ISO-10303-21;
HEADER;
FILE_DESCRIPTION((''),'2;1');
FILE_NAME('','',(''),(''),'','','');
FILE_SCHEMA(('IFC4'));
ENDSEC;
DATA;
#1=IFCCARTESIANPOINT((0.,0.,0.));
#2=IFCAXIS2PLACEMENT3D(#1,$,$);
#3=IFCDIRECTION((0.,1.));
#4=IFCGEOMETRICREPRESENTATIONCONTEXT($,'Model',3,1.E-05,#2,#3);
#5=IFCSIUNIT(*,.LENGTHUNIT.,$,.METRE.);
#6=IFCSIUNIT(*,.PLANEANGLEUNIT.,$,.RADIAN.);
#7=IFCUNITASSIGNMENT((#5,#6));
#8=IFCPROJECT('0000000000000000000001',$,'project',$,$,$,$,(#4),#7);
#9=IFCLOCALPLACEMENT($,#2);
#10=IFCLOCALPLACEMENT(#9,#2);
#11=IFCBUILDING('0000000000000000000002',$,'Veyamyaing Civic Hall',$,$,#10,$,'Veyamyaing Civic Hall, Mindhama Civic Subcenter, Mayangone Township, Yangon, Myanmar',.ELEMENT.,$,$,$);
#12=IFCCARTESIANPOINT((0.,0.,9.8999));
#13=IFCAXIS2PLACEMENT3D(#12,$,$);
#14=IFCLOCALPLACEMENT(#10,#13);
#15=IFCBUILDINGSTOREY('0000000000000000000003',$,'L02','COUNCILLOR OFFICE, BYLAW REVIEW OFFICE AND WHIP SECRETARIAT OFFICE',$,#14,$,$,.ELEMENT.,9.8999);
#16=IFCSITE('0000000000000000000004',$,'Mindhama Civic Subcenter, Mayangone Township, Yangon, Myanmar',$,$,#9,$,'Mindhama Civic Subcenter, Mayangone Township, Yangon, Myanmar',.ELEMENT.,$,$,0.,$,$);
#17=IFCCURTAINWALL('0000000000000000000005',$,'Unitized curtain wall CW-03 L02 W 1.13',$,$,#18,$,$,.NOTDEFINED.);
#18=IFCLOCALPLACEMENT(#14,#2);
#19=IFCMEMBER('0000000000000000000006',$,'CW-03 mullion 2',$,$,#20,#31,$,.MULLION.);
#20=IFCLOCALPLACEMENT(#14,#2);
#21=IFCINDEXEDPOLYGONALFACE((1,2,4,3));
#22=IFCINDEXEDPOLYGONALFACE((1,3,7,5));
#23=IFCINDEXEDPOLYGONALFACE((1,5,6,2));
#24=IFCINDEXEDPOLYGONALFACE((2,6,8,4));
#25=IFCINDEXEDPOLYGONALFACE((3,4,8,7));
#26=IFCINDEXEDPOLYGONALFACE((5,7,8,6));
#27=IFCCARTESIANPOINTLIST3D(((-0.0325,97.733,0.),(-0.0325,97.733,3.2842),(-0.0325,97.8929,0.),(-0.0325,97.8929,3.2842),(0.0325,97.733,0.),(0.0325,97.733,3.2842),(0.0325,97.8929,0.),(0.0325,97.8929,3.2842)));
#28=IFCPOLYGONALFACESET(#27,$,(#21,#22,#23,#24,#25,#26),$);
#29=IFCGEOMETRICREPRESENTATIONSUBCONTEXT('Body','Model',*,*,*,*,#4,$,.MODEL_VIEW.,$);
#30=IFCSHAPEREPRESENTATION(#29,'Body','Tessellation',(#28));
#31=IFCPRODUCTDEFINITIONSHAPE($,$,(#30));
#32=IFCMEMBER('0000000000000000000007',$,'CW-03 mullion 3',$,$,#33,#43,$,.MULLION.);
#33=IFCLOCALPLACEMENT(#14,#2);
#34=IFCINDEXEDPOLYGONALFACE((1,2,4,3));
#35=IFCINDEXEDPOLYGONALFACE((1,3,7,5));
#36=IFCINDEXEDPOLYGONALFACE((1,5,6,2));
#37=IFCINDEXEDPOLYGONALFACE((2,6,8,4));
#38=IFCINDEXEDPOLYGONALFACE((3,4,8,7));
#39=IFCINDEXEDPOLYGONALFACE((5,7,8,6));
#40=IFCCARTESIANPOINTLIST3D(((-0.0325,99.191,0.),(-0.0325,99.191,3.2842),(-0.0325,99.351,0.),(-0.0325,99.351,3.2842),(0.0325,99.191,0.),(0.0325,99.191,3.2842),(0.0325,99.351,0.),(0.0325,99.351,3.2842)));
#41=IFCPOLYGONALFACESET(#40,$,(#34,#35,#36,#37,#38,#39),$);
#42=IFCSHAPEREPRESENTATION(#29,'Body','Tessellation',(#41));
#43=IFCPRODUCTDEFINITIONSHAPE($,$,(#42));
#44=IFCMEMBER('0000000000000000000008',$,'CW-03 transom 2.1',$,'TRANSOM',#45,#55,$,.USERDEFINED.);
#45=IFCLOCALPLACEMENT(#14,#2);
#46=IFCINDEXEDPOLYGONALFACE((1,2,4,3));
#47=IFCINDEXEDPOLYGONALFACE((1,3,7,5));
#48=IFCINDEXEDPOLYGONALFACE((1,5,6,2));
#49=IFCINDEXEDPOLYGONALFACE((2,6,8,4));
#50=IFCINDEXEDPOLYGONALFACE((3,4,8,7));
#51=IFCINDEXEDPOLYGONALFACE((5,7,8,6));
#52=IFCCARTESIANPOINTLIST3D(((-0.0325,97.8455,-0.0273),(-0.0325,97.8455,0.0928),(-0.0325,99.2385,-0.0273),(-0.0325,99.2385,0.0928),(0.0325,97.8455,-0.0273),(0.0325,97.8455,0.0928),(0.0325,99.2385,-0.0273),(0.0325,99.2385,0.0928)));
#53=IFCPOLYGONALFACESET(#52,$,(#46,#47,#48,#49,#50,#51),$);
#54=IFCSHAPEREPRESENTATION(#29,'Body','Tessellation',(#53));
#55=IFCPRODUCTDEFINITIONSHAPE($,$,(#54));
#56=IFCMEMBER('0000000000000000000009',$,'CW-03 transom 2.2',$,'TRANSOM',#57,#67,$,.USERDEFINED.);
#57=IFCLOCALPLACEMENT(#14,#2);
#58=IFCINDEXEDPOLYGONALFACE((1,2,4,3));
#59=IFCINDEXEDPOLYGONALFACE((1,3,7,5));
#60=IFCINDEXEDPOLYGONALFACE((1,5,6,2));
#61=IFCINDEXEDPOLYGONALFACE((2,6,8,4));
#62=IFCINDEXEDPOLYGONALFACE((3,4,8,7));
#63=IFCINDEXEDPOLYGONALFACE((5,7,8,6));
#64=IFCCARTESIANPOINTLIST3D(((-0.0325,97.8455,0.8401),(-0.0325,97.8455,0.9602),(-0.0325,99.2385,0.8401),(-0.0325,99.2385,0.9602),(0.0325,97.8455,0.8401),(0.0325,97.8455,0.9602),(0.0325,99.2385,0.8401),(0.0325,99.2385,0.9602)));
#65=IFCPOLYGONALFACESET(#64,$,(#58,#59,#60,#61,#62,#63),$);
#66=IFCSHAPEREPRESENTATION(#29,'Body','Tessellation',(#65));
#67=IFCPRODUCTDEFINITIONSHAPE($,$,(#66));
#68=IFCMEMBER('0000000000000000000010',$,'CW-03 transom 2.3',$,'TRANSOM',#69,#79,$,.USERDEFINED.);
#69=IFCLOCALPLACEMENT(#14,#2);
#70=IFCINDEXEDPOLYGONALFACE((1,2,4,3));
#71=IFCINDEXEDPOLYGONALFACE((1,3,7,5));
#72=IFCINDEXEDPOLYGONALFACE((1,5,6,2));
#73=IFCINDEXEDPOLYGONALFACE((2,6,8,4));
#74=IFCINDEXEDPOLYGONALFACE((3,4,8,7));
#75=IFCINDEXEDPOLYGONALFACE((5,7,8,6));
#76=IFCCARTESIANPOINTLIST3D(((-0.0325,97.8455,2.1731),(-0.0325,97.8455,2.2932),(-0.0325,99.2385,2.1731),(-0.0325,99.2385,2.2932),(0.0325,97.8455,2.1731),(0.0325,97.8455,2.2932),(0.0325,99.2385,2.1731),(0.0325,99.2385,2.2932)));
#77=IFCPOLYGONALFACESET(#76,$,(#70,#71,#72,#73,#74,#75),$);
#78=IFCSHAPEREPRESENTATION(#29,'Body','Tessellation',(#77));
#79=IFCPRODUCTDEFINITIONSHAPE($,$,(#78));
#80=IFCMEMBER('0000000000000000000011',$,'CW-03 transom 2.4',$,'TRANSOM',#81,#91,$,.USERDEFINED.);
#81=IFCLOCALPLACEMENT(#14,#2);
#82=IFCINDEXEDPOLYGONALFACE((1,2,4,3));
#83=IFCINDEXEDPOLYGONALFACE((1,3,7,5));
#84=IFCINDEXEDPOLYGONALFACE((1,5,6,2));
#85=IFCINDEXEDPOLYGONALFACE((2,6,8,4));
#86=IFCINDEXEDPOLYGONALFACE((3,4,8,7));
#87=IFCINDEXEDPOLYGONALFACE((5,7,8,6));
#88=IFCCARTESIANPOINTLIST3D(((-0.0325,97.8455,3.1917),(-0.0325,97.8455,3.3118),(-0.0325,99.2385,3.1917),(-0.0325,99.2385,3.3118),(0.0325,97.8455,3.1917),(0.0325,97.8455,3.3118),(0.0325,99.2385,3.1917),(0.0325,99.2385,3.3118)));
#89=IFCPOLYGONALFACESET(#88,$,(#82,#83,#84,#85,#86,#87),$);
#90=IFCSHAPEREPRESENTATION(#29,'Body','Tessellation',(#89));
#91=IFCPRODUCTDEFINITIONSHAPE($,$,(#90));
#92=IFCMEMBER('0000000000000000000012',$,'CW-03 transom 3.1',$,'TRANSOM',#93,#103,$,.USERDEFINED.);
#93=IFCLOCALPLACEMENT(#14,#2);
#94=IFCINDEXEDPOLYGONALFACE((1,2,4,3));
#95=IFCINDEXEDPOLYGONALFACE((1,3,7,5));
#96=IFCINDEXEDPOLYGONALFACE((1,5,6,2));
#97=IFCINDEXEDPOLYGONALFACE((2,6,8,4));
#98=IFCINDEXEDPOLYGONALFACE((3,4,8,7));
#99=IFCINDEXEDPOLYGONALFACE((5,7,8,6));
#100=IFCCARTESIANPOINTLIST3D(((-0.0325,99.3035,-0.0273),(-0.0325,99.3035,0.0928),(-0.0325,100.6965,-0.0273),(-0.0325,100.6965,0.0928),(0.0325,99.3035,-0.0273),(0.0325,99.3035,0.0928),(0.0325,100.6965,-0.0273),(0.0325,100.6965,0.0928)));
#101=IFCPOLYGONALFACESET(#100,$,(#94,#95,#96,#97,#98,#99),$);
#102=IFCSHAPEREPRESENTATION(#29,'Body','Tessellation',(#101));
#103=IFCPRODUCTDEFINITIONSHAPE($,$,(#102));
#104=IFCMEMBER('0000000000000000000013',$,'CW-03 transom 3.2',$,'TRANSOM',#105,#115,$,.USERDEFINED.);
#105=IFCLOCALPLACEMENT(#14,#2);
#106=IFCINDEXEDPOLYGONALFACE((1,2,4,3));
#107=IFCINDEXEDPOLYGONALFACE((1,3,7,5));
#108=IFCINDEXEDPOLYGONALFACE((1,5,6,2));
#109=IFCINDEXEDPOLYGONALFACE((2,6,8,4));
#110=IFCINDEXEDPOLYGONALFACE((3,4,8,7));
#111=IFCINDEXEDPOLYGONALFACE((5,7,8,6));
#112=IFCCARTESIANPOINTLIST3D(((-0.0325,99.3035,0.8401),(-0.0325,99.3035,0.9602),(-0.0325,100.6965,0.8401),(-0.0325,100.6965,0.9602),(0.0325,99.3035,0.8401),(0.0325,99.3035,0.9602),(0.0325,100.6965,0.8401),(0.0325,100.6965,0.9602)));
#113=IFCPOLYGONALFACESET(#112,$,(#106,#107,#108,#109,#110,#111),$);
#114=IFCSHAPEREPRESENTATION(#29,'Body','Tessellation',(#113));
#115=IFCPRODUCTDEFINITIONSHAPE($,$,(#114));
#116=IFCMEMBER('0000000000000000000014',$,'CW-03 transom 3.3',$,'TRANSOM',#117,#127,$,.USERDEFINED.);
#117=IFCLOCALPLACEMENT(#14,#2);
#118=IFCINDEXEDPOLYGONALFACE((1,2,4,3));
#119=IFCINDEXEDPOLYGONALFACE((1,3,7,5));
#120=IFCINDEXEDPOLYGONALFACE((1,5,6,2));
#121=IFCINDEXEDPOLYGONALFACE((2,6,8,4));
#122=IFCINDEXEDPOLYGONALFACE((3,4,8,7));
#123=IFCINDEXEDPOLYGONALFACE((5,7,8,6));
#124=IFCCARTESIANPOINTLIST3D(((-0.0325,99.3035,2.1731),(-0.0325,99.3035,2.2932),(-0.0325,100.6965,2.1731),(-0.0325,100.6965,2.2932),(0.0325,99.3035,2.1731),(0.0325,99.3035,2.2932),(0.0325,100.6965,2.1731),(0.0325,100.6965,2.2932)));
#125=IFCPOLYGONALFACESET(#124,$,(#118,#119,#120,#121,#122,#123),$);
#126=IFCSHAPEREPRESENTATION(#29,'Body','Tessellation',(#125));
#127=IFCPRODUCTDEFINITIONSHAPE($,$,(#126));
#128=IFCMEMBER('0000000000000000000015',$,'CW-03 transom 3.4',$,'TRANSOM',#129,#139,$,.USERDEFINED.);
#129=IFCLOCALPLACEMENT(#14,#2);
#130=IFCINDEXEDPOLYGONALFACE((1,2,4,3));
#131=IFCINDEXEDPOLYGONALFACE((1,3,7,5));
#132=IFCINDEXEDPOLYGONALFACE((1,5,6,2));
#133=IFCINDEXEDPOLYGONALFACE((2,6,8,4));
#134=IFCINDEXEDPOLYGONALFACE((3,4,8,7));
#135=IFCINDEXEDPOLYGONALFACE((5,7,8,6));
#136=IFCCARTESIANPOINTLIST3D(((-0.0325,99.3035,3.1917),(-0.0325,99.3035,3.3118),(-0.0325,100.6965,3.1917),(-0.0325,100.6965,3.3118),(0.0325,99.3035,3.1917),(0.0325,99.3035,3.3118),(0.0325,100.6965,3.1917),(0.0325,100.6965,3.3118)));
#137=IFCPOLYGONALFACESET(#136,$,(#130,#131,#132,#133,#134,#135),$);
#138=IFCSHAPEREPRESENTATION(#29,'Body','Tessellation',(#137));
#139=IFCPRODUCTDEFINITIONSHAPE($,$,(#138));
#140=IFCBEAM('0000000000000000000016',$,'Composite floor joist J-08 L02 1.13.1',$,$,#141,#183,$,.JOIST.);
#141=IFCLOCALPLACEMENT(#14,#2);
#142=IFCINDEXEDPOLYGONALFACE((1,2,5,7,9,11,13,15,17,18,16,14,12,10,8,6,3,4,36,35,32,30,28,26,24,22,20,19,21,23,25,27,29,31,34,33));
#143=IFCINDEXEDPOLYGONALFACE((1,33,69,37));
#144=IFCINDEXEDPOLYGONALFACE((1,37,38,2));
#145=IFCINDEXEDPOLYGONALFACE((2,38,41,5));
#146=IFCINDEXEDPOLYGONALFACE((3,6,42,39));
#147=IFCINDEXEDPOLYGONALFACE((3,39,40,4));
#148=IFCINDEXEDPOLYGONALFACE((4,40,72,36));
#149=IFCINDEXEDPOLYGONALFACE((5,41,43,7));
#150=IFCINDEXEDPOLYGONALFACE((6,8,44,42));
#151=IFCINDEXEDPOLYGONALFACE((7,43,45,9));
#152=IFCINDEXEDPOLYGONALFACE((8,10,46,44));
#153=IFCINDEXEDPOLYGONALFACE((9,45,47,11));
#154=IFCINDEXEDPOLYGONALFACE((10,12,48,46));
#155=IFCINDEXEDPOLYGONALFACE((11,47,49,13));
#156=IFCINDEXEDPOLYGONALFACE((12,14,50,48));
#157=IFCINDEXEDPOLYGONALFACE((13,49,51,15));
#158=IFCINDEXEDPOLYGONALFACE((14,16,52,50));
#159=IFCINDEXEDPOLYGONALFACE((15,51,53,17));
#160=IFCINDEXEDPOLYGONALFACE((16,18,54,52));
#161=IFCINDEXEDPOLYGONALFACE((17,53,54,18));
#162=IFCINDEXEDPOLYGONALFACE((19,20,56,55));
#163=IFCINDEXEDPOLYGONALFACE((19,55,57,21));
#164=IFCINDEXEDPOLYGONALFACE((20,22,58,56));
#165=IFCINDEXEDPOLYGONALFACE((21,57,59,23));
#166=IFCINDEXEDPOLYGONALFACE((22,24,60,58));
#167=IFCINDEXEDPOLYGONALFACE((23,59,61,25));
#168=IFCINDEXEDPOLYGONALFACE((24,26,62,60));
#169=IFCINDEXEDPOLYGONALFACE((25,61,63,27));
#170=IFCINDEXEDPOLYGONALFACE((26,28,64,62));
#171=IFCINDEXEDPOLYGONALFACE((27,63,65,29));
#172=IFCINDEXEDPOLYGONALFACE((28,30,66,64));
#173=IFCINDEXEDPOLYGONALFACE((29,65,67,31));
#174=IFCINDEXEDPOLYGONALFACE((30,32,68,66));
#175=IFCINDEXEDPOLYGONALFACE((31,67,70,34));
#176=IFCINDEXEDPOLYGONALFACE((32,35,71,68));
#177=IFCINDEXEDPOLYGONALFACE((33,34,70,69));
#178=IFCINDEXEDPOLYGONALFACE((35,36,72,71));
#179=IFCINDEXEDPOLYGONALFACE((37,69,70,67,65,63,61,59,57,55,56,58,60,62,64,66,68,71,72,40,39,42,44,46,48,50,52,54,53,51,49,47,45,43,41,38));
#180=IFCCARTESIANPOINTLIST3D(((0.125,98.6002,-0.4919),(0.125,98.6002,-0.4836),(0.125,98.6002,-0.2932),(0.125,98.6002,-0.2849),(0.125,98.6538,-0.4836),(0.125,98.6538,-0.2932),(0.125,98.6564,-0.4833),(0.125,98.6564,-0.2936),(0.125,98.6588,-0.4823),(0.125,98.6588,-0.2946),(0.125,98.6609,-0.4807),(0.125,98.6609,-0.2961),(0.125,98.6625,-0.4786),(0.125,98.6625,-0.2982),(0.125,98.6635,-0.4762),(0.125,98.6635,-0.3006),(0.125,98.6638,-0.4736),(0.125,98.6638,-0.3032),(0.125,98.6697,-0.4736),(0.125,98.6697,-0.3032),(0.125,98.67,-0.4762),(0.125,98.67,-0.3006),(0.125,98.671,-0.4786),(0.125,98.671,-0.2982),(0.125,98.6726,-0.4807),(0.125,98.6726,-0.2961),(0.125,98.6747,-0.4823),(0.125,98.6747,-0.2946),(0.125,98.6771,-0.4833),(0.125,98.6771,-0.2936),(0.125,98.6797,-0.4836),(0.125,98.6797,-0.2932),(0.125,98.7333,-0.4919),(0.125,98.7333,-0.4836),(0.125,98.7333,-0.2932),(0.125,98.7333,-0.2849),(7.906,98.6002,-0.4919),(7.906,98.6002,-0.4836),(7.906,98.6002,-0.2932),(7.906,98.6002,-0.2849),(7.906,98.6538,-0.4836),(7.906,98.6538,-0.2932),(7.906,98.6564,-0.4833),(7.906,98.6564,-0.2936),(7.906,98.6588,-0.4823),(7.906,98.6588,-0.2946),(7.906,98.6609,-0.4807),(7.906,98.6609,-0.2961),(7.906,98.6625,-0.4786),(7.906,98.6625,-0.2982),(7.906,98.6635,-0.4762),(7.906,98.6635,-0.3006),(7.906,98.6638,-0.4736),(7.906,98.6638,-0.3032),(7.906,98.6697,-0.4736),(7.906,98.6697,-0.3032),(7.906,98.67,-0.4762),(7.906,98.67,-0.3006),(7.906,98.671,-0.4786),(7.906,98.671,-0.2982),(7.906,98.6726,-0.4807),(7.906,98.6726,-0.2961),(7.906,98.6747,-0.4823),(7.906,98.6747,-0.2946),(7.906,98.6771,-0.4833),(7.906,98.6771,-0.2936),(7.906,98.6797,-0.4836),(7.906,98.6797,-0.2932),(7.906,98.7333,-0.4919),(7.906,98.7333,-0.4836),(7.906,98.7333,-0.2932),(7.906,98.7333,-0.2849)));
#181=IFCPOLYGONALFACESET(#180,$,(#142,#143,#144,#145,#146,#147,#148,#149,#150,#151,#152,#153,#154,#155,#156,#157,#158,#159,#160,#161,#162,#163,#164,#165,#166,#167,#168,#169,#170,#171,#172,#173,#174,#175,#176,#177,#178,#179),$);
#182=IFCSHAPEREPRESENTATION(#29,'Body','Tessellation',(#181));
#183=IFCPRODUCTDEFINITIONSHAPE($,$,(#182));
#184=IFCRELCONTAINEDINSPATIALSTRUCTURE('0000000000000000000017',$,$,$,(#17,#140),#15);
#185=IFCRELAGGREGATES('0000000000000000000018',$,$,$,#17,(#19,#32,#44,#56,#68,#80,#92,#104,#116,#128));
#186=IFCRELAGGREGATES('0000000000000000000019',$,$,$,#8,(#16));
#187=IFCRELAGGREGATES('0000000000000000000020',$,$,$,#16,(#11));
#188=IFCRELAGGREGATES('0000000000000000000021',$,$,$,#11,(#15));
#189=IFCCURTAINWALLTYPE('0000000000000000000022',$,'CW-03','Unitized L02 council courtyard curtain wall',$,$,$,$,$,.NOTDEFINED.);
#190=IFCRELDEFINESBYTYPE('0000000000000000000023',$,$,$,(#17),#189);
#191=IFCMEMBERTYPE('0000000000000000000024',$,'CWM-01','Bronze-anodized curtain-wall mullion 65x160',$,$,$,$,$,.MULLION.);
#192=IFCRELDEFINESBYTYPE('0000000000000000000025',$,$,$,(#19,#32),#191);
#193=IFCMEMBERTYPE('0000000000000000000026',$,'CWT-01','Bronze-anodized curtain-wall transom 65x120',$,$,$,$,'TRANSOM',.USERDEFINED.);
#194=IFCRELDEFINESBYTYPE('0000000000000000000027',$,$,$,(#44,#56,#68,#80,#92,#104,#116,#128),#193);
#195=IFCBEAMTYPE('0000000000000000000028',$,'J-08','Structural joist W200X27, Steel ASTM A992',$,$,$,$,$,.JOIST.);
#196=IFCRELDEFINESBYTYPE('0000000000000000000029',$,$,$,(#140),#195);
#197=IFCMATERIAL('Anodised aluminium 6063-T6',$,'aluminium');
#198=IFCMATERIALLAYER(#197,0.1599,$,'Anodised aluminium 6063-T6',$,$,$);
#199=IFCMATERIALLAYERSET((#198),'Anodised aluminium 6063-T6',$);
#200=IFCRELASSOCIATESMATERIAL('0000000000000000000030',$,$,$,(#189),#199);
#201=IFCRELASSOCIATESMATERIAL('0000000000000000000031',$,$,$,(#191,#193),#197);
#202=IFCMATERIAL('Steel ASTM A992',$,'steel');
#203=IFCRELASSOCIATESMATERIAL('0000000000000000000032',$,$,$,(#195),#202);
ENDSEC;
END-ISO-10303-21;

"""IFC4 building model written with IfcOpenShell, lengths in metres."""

from ifc_helpers import new_model, si_unit, direction, frame, origin, origin_2d, place, context, subcontext, project, spatial, rectangle, i_section, extrude, material, layer, layer_set, material_profile, profile_set, type_object, element, aggregate, save


model = new_model("IFC4")

# Units and contexts
model_context = context("Model", 3, precision=1e-05, world=origin(), true_north=direction((0.0, 1.0)))
body_context = subcontext(model_context, "Body", "Model", "MODEL_VIEW")
ifc_project = project(units=[si_unit("LENGTHUNIT", "METRE"), si_unit("PLANEANGLEUNIT", "RADIAN")], contexts=[model_context])

# Site, building, storey
site_placement = place(None, origin())
site = spatial("IfcSite", under=ifc_project, at=site_placement, Name="Mindhama Civic Subcenter, Mayangone Township, Yangon, Myanmar", LongName="Mindhama Civic Subcenter, Mayangone Township, Yangon, Myanmar", CompositionType="ELEMENT", RefElevation=0.0)
building_placement = place(site_placement, origin())
building = spatial("IfcBuilding", under=site, at=building_placement, Name="Veyamyaing Civic Hall", LongName="Veyamyaing Civic Hall, Mindhama Civic Subcenter, Mayangone Township, Yangon, Myanmar", CompositionType="ELEMENT")
storey_placement = place(building_placement, frame((0.0, 0.0, 9.8999)))
storey = spatial("IfcBuildingStorey", under=building, at=storey_placement, Name="L02", Description="COUNCILLOR OFFICE, BYLAW REVIEW OFFICE AND WHIP SECRETARIAT OFFICE", CompositionType="ELEMENT", Elevation=9.8999)

# Curtain wall, members
ifc_material_1 = material(Name="Anodised aluminium 6063-T6", Category="aluminium")
ifc_layer_1 = layer(ifc_material_1, 0.1599, Name="Anodised aluminium 6063-T6")
ifc_layer_set_1 = layer_set([ifc_layer_1], Name="Anodised aluminium 6063-T6")
curtain_wall_type = type_object("IfcCurtainWallType", Name="CW-03", Description="Unitized L02 council courtyard curtain wall", PredefinedType="NOTDEFINED", material=ifc_layer_set_1)
curtain_wall_placement = place(storey_placement, origin())
curtain_wall = element("IfcCurtainWall", 1, at=curtain_wall_placement, inside=storey, type_object=curtain_wall_type, Name="Unitized curtain wall CW-03 L02 W 1.13", PredefinedType="NOTDEFINED")
ifc_material_profile_1 = material_profile(ifc_material_1, rectangle(XDim=0.0649, YDim=0.1599, at=origin_2d()), Name="ALU-MUL-65X160")
ifc_profile_set_1 = profile_set([ifc_material_profile_1], Name="Anodised aluminium 6063-T6")
member_type_1 = type_object("IfcMemberType", Name="CWM-01", Description="Bronze-anodized curtain-wall mullion 65x160", PredefinedType="MULLION", material=ifc_profile_set_1)
member_1_placement = place(storey_placement, frame((0.0, 97.813, 0.0), z_axis=(0.0, 0.0, 1.0), x_axis=(-1.0, 0.0, 0.0)))
member_1 = element("IfcMember", 2, at=member_1_placement, type_object=member_type_1, Name="CW-03 mullion 2", PredefinedType="MULLION", context=body_context, shape_type="SweptSolid", body=[
    extrude(rectangle(XDim=0.0649, YDim=0.1599, at=origin_2d()), origin(), (0.0, 0.0, 1.0), 3.2842),
])
member_2_placement = place(storey_placement, frame((0.0, 99.271, 0.0), z_axis=(0.0, 0.0, 1.0), x_axis=(-1.0, 0.0, 0.0)))
member_2 = element("IfcMember", 3, at=member_2_placement, type_object=member_type_1, Name="CW-03 mullion 3", PredefinedType="MULLION", context=body_context, shape_type="SweptSolid", body=[
    extrude(rectangle(XDim=0.0649, YDim=0.1599, at=origin_2d()), origin(), (0.0, 0.0, 1.0), 3.2842),
])
ifc_material_profile_2 = material_profile(ifc_material_1, rectangle(XDim=0.0649, YDim=0.1201, at=origin_2d()), Name="ALU-TRN-65X120")
ifc_profile_set_2 = profile_set([ifc_material_profile_2], Name="Anodised aluminium 6063-T6")
member_type_2 = type_object("IfcMemberType", Name="CWT-01", Description="Bronze-anodized curtain-wall transom 65x120", ElementType="TRANSOM", PredefinedType="USERDEFINED", material=ifc_profile_set_2)
member_3_placement = place(storey_placement, frame((0.0, 97.8455, 0.0327), z_axis=(0.0, 1.0, 0.0), x_axis=(-1.0, 0.0, 0.0)))
member_3 = element("IfcMember", 4, at=member_3_placement, type_object=member_type_2, Name="CW-03 transom 2.1", ObjectType="TRANSOM", PredefinedType="USERDEFINED", context=body_context, shape_type="SweptSolid", body=[
    extrude(rectangle(XDim=0.0649, YDim=0.1201, at=origin_2d()), origin(), (0.0, 0.0, 1.0), 1.3931),
])
member_4_placement = place(storey_placement, frame((0.0, 97.8455, 0.9001), z_axis=(0.0, 1.0, 0.0), x_axis=(-1.0, 0.0, 0.0)))
member_4 = element("IfcMember", 5, at=member_4_placement, type_object=member_type_2, Name="CW-03 transom 2.2", ObjectType="TRANSOM", PredefinedType="USERDEFINED", context=body_context, shape_type="SweptSolid", body=[
    extrude(rectangle(XDim=0.0649, YDim=0.1201, at=origin_2d()), origin(), (0.0, 0.0, 1.0), 1.3931),
])
member_5_placement = place(storey_placement, frame((0.0, 97.8455, 2.2332), z_axis=(0.0, 1.0, 0.0), x_axis=(-1.0, 0.0, 0.0)))
member_5 = element("IfcMember", 6, at=member_5_placement, type_object=member_type_2, Name="CW-03 transom 2.3", ObjectType="TRANSOM", PredefinedType="USERDEFINED", context=body_context, shape_type="SweptSolid", body=[
    extrude(rectangle(XDim=0.0649, YDim=0.1201, at=origin_2d()), origin(), (0.0, 0.0, 1.0), 1.3931),
])
member_6_placement = place(storey_placement, frame((0.0, 97.8455, 3.2517), z_axis=(0.0, 1.0, 0.0), x_axis=(-1.0, 0.0, 0.0)))
member_6 = element("IfcMember", 7, at=member_6_placement, type_object=member_type_2, Name="CW-03 transom 2.4", ObjectType="TRANSOM", PredefinedType="USERDEFINED", context=body_context, shape_type="SweptSolid", body=[
    extrude(rectangle(XDim=0.0649, YDim=0.1201, at=origin_2d()), origin(), (0.0, 0.0, 1.0), 1.3931),
])
member_7_placement = place(storey_placement, frame((0.0, 99.3035, 0.0327), z_axis=(0.0, 1.0, 0.0), x_axis=(-1.0, 0.0, 0.0)))
member_7 = element("IfcMember", 8, at=member_7_placement, type_object=member_type_2, Name="CW-03 transom 3.1", ObjectType="TRANSOM", PredefinedType="USERDEFINED", context=body_context, shape_type="SweptSolid", body=[
    extrude(rectangle(XDim=0.0649, YDim=0.1201, at=origin_2d()), origin(), (0.0, 0.0, 1.0), 1.3931),
])
member_8_placement = place(storey_placement, frame((0.0, 99.3035, 0.9001), z_axis=(0.0, 1.0, 0.0), x_axis=(-1.0, 0.0, 0.0)))
member_8 = element("IfcMember", 9, at=member_8_placement, type_object=member_type_2, Name="CW-03 transom 3.2", ObjectType="TRANSOM", PredefinedType="USERDEFINED", context=body_context, shape_type="SweptSolid", body=[
    extrude(rectangle(XDim=0.0649, YDim=0.1201, at=origin_2d()), origin(), (0.0, 0.0, 1.0), 1.3931),
])
member_9_placement = place(storey_placement, frame((0.0, 99.3035, 2.2332), z_axis=(0.0, 1.0, 0.0), x_axis=(-1.0, 0.0, 0.0)))
member_9 = element("IfcMember", 10, at=member_9_placement, type_object=member_type_2, Name="CW-03 transom 3.3", ObjectType="TRANSOM", PredefinedType="USERDEFINED", context=body_context, shape_type="SweptSolid", body=[
    extrude(rectangle(XDim=0.0649, YDim=0.1201, at=origin_2d()), origin(), (0.0, 0.0, 1.0), 1.3931),
])
member_10_placement = place(storey_placement, frame((0.0, 99.3035, 3.2517), z_axis=(0.0, 1.0, 0.0), x_axis=(-1.0, 0.0, 0.0)))
member_10 = element("IfcMember", 11, at=member_10_placement, type_object=member_type_2, Name="CW-03 transom 3.4", ObjectType="TRANSOM", PredefinedType="USERDEFINED", context=body_context, shape_type="SweptSolid", body=[
    extrude(rectangle(XDim=0.0649, YDim=0.1201, at=origin_2d()), origin(), (0.0, 0.0, 1.0), 1.3931),
])

# Beam
ifc_material_2 = material(Name="Steel ASTM A992", Category="steel")
ifc_material_profile_3 = material_profile(ifc_material_2, i_section(OverallWidth=0.1331, OverallDepth=0.207, WebThickness=0.0059, FlangeThickness=0.0083, FilletRadius=0.01, at=origin_2d()), Name="W200X27")
ifc_profile_set_3 = profile_set([ifc_material_profile_3], Name="Steel ASTM A992")
beam_type = type_object("IfcBeamType", Name="J-08", Description="Structural joist W200X27, Steel ASTM A992", PredefinedType="JOIST", material=ifc_profile_set_3)
beam_placement = place(storey_placement, frame((0.125, 98.6667, -0.3884), z_axis=(1.0, 0.0, 0.0), x_axis=(0.0, 1.0, 0.0)))
element("IfcBeam", 12, at=beam_placement, inside=storey, type_object=beam_type, Name="Composite floor joist J-08 L02 1.13.1", PredefinedType="JOIST", context=body_context, shape_type="SweptSolid", body=[
    extrude(i_section(OverallWidth=0.1331, OverallDepth=0.207, WebThickness=0.0059, FlangeThickness=0.0083, FilletRadius=0.01, at=origin_2d()), origin(), (0.0, 0.0, 1.0), 7.781),
])

aggregate(curtain_wall, [member_1, member_2, member_3, member_4, member_5, member_6, member_7, member_8, member_9, member_10])

save(model, "model.ifc")
